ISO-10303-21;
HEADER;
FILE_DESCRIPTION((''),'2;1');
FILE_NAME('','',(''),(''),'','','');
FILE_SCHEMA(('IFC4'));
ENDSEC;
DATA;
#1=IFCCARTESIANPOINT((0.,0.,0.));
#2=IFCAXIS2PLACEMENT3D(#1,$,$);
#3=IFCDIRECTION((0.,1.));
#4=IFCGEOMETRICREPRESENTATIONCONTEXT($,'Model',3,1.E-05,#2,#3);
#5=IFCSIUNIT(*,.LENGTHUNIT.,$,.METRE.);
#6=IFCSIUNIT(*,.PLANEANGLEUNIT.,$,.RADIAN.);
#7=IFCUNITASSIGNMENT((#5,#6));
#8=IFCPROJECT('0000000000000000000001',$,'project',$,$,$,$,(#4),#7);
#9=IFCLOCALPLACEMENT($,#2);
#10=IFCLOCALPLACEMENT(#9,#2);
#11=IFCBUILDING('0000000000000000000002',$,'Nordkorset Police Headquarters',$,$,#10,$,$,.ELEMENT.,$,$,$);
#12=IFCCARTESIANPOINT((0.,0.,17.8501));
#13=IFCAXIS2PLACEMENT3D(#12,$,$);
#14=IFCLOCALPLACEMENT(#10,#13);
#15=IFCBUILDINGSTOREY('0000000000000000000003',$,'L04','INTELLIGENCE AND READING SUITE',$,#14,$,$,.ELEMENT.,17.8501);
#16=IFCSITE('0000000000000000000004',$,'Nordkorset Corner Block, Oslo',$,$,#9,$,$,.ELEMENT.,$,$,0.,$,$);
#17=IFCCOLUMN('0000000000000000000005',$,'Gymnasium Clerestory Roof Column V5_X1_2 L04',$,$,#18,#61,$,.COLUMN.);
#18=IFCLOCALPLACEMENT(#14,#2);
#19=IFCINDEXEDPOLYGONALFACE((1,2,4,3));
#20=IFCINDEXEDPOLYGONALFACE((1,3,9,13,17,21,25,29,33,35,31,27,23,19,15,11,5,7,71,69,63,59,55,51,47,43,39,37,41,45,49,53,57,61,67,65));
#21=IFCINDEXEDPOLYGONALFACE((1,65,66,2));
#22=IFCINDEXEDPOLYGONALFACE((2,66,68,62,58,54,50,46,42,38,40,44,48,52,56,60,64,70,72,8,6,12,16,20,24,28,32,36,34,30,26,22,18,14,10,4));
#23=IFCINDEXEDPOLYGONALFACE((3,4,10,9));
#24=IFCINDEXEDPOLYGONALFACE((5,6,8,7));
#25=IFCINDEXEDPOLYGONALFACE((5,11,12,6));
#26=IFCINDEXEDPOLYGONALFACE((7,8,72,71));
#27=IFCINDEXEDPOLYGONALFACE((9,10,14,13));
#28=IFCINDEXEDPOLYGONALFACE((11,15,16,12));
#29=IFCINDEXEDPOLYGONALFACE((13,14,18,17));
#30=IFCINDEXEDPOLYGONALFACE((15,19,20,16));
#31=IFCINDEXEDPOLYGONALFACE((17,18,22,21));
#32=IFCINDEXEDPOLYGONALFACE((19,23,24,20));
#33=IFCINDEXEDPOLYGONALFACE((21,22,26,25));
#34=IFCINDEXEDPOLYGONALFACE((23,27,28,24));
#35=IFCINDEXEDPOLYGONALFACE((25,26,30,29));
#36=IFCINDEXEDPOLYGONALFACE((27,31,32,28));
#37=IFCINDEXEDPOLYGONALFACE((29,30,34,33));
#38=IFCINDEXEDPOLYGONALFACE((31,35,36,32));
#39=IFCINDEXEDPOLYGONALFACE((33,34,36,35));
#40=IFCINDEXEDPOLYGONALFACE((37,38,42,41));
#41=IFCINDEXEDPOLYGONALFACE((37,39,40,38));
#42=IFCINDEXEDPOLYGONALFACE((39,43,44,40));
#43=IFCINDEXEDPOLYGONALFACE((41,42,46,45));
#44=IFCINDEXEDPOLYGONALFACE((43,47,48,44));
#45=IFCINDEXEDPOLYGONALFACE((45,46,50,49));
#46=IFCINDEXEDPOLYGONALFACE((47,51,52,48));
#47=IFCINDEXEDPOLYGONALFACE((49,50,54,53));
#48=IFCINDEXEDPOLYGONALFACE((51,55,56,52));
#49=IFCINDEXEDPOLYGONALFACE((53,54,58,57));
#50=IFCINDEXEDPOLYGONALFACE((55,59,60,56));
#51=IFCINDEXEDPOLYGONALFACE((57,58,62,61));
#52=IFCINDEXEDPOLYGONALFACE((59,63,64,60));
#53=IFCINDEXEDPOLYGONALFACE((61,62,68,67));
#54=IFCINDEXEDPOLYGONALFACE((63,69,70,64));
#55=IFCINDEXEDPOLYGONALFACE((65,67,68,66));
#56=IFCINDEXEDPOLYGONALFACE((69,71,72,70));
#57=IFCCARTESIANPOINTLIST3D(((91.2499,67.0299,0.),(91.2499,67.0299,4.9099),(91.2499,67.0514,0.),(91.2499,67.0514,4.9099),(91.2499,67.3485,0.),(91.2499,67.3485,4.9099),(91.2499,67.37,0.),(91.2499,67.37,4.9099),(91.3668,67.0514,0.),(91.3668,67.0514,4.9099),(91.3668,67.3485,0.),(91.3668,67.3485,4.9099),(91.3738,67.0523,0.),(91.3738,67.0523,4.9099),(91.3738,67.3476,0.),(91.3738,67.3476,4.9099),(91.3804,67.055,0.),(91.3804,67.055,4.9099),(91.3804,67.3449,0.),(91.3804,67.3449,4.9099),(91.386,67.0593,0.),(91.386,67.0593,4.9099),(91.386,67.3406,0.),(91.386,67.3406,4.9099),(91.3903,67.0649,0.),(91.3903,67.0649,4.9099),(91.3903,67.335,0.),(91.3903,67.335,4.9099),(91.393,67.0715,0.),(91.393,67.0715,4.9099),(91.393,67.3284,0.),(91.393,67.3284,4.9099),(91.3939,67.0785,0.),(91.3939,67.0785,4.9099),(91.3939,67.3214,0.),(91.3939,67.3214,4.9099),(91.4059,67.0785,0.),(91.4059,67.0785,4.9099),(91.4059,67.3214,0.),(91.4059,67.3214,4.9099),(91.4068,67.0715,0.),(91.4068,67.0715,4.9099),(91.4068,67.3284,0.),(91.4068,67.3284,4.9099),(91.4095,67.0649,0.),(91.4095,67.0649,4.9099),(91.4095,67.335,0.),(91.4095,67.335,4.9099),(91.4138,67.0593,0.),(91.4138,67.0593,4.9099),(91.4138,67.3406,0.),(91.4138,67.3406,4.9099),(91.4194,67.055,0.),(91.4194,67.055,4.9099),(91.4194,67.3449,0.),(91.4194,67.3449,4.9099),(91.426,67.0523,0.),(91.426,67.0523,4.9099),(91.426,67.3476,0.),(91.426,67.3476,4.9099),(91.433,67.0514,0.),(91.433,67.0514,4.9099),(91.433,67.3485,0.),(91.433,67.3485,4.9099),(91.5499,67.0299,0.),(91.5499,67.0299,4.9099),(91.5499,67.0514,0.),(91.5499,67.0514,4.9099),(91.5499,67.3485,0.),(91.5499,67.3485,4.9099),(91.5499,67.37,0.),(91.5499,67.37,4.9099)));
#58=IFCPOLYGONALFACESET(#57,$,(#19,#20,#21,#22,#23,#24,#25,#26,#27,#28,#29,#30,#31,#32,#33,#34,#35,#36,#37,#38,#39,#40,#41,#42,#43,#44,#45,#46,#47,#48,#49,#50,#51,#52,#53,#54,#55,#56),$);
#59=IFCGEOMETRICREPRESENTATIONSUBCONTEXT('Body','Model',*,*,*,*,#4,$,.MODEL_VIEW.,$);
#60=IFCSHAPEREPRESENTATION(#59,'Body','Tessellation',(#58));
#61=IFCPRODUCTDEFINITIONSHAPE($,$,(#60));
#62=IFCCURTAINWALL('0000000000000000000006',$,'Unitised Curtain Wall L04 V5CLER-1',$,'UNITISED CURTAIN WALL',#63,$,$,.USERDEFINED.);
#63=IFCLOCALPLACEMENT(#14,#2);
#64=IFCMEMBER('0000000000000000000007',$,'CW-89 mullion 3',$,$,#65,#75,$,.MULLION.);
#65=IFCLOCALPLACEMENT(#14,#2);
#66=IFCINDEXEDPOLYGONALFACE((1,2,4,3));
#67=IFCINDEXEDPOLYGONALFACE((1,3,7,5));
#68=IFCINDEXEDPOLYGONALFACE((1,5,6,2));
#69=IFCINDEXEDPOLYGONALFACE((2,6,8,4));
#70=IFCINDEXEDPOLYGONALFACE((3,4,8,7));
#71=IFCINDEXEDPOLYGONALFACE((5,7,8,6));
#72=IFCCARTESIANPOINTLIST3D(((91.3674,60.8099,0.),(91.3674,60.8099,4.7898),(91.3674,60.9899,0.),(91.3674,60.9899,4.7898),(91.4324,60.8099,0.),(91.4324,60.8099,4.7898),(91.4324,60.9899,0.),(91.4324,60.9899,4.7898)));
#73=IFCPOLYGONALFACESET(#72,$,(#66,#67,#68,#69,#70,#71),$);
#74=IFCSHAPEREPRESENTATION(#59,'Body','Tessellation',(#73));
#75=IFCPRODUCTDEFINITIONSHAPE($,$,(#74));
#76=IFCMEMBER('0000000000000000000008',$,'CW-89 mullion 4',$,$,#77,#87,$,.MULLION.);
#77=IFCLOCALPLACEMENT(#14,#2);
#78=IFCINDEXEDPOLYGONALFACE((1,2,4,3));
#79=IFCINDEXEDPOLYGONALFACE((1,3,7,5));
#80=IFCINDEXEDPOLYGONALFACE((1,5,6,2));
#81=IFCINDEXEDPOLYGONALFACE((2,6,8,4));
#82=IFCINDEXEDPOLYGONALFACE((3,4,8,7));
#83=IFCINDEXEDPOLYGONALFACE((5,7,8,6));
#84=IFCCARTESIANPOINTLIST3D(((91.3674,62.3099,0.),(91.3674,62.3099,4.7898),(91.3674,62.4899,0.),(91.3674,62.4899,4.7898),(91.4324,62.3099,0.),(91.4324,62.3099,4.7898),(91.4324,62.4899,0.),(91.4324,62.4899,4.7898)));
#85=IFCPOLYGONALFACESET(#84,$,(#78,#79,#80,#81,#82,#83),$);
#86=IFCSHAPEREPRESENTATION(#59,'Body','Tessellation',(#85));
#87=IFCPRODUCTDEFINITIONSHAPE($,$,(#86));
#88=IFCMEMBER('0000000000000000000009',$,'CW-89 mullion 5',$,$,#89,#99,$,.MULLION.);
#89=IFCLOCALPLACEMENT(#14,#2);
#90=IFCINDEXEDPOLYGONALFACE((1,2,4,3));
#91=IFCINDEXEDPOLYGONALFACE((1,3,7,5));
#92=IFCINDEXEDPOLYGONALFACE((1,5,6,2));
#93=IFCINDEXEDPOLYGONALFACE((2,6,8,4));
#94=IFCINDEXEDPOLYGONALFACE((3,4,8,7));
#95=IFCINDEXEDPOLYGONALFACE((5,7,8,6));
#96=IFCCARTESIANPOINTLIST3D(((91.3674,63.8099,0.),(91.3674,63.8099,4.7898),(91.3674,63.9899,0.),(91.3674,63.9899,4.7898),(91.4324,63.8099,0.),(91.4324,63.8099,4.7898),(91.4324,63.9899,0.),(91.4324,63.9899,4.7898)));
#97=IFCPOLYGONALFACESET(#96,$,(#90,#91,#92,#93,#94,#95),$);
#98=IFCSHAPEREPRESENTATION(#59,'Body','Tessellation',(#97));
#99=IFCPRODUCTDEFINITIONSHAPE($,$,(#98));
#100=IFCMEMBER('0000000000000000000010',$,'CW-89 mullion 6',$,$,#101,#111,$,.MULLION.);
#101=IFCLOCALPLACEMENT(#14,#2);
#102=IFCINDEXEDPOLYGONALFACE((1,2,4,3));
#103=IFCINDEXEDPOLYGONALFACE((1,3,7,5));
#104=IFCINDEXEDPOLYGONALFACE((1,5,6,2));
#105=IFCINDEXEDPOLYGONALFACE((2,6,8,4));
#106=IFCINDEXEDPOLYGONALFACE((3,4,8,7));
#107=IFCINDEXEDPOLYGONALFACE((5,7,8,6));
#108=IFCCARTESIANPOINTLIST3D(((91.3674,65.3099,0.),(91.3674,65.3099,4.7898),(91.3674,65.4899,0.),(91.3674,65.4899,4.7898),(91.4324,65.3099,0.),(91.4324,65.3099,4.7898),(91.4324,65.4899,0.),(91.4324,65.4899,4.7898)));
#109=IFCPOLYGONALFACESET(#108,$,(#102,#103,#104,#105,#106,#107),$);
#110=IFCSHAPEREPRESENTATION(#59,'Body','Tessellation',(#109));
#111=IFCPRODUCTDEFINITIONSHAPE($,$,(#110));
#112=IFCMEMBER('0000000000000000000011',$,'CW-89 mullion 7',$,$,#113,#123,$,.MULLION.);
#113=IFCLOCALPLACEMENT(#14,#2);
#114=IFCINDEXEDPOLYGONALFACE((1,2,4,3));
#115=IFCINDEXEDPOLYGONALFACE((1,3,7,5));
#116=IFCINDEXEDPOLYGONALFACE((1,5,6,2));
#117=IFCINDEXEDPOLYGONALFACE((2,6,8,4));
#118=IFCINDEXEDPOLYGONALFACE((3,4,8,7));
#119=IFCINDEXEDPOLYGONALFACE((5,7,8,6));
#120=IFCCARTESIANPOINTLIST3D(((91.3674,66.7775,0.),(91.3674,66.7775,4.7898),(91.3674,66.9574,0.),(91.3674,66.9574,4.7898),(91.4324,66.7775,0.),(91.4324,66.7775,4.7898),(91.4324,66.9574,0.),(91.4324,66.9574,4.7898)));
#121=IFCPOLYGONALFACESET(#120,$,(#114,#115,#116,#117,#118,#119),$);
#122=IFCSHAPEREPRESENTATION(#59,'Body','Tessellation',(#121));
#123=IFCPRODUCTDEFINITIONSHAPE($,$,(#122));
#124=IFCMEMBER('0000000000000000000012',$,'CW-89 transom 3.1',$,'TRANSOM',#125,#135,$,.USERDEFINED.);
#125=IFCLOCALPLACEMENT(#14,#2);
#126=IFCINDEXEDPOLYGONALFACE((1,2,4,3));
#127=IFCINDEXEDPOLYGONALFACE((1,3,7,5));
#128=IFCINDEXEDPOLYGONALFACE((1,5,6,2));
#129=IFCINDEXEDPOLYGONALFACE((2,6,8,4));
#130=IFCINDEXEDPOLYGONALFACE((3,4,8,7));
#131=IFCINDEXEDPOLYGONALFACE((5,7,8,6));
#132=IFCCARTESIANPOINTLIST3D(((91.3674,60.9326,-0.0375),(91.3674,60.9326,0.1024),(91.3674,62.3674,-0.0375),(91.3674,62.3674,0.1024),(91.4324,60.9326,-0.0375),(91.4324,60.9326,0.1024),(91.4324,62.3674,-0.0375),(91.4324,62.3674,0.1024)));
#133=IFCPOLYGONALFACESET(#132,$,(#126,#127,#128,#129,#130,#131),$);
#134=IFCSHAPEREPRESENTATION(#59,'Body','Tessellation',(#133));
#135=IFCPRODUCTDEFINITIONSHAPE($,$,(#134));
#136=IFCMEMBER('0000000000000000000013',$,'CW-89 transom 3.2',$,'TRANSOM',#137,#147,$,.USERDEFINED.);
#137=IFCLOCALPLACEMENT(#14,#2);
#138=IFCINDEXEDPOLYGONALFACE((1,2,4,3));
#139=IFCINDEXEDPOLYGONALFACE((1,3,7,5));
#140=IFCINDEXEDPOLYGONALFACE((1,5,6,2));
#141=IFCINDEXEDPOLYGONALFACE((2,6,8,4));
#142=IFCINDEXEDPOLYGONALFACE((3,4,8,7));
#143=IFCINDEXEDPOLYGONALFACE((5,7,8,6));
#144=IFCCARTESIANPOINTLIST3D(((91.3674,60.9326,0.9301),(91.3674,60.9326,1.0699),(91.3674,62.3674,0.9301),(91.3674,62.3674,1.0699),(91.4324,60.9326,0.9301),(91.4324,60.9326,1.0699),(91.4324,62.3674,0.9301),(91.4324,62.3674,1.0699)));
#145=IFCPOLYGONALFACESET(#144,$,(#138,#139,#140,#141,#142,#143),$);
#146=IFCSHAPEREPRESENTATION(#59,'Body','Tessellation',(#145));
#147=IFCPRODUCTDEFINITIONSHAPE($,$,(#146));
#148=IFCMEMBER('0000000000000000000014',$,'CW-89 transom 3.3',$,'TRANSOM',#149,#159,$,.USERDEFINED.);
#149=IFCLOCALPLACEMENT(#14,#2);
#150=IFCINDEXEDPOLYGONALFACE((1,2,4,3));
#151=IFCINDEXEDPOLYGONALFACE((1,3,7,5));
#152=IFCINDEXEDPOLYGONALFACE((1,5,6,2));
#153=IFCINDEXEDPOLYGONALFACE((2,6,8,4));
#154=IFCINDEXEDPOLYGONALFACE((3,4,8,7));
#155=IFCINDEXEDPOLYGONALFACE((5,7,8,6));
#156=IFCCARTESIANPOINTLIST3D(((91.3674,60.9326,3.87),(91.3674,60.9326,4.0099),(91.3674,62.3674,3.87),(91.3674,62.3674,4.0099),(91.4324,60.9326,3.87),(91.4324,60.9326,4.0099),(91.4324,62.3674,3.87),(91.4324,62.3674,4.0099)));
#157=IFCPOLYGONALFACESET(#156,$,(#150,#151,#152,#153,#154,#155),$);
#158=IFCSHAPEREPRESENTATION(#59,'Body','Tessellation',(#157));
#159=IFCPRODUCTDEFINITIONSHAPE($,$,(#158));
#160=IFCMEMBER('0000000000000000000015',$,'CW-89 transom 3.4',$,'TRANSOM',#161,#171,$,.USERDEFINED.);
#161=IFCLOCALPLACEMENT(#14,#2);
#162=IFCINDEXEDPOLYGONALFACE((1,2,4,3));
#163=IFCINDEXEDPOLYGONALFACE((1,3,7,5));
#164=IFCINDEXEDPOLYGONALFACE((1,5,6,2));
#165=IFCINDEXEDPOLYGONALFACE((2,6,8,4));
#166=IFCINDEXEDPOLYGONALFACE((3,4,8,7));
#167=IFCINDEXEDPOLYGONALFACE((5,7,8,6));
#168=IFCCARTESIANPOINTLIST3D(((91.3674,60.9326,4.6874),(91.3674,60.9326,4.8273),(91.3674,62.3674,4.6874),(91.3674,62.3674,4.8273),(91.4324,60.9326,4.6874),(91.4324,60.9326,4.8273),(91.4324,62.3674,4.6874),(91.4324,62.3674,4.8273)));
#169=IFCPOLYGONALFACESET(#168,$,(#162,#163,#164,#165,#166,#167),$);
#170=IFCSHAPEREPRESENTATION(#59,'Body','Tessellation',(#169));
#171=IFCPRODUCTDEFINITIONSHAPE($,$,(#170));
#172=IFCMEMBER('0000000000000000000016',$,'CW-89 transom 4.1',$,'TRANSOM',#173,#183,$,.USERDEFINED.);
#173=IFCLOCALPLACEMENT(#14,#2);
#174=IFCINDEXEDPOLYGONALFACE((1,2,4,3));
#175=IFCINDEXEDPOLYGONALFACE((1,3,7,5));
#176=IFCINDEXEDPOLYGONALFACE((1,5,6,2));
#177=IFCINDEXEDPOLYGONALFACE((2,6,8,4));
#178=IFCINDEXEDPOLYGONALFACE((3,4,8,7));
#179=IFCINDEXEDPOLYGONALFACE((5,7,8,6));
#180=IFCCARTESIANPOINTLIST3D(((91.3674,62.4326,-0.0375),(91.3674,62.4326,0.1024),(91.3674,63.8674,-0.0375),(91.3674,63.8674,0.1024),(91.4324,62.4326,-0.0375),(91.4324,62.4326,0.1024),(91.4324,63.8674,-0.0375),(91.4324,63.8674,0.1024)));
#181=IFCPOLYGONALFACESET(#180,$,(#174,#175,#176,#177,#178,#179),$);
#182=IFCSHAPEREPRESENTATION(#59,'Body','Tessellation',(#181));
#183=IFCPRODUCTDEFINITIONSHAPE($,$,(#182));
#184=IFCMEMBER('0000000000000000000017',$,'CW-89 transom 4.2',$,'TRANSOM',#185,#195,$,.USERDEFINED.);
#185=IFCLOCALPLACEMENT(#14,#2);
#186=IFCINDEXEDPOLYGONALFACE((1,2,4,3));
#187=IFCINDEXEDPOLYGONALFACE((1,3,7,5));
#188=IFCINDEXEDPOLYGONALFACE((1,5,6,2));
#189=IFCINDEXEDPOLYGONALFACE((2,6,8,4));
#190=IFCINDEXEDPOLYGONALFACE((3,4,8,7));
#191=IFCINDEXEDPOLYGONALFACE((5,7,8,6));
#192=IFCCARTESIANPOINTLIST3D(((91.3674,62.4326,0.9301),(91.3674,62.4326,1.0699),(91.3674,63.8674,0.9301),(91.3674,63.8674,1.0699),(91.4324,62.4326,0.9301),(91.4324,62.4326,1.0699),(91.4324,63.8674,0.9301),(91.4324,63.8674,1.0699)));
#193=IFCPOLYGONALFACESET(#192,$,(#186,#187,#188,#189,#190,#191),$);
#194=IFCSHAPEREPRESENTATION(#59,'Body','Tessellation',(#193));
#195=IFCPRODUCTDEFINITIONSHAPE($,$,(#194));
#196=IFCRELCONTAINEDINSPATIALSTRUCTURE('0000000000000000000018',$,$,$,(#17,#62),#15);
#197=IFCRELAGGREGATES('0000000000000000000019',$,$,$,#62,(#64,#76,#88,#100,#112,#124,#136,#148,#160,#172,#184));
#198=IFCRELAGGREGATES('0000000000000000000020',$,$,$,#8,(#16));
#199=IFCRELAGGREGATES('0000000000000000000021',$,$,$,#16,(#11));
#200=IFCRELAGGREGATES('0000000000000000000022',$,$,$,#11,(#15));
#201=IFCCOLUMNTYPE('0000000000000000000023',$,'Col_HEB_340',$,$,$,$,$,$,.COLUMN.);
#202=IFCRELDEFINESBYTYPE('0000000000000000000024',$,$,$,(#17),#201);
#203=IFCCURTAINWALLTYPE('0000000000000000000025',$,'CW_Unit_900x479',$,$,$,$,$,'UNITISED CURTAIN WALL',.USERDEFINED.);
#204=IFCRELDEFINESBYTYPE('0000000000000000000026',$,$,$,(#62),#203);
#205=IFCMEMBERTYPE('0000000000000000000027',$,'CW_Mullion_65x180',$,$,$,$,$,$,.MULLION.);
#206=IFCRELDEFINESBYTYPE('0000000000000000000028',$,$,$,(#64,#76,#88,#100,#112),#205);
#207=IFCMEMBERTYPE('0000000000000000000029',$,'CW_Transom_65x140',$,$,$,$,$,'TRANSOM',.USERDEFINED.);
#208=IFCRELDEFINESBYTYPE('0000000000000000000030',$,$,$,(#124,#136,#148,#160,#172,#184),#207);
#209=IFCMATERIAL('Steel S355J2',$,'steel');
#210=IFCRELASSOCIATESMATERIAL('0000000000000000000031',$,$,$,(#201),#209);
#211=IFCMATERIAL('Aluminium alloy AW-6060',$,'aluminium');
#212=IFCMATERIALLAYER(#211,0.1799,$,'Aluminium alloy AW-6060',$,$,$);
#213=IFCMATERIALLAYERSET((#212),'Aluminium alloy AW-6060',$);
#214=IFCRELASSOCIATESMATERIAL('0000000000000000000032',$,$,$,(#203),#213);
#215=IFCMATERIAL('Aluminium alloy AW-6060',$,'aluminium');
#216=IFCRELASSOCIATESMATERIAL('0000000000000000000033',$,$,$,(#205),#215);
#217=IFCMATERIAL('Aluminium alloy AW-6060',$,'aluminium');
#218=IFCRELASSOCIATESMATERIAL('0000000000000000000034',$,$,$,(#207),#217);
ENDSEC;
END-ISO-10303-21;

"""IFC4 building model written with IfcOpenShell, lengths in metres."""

from ifc_helpers import new_model, si_unit, direction, frame, origin, origin_2d, place, context, subcontext, project, spatial, rectangle, i_section, extrude, material, layer, layer_set, material_profile, profile_set, type_object, element, aggregate, save


model = new_model("IFC4")

# Units and contexts
model_context = context("Model", 3, precision=1e-05, world=origin(), true_north=direction((0.0, 1.0)))
body_context = subcontext(model_context, "Body", "Model", "MODEL_VIEW")
ifc_project = project(units=[si_unit("LENGTHUNIT", "METRE"), si_unit("PLANEANGLEUNIT", "RADIAN")], contexts=[model_context])

# Site, building, storey
site_placement = place(None, origin())
site = spatial("IfcSite", under=ifc_project, at=site_placement, Name="Nordkorset Corner Block, Oslo", CompositionType="ELEMENT", RefElevation=0.0)
building_placement = place(site_placement, origin())
building = spatial("IfcBuilding", under=site, at=building_placement, Name="Nordkorset Police Headquarters", CompositionType="ELEMENT")
storey_placement = place(building_placement, frame((0.0, 0.0, 17.8501)))
storey = spatial("IfcBuildingStorey", under=building, at=storey_placement, Name="L04", Description="INTELLIGENCE AND READING SUITE", CompositionType="ELEMENT", Elevation=17.8501)

# Column
ifc_material_1 = material(Name="Steel S355J2", Category="steel")
ifc_material_profile_1 = material_profile(ifc_material_1, i_section(OverallWidth=0.3, OverallDepth=0.3401, WebThickness=0.012, FlangeThickness=0.0215, FilletRadius=0.0271, at=origin_2d()), Name="HEB 340")
ifc_profile_set_1 = profile_set([ifc_material_profile_1], Name="Steel S355J2")
column_type = type_object("IfcColumnType", Name="Col_HEB_340", PredefinedType="COLUMN", material=ifc_profile_set_1)
column_placement = place(storey_placement, frame((91.3999, 67.2, 0.0), z_axis=(0.0, 0.0, 1.0), x_axis=(1.0, 0.0, 0.0)))
element("IfcColumn", 1, at=column_placement, inside=storey, type_object=column_type, Name="Gymnasium Clerestory Roof Column V5_X1_2 L04", PredefinedType="COLUMN", context=body_context, shape_type="SweptSolid", body=[
    extrude(i_section(OverallWidth=0.3, OverallDepth=0.3401, WebThickness=0.012, FlangeThickness=0.0215, FilletRadius=0.0271, at=origin_2d()), origin(), (0.0, 0.0, 1.0), 4.9099),
])

# Curtain wall, members
ifc_material_2 = material(Name="Aluminium alloy AW-6060", Category="aluminium")
ifc_layer_1 = layer(ifc_material_2, 0.1799, Name="Aluminium alloy AW-6060")
ifc_layer_set_1 = layer_set([ifc_layer_1], Name="Aluminium alloy AW-6060")
curtain_wall_type = type_object("IfcCurtainWallType", Name="CW_Unit_900x479", ElementType="UNITISED CURTAIN WALL", PredefinedType="USERDEFINED", material=ifc_layer_set_1)
curtain_wall_placement = place(storey_placement, origin())
curtain_wall = element("IfcCurtainWall", 2, at=curtain_wall_placement, inside=storey, type_object=curtain_wall_type, Name="Unitised Curtain Wall L04 V5CLER-1", ObjectType="UNITISED CURTAIN WALL", PredefinedType="USERDEFINED")
ifc_material_3 = material(Name="Aluminium alloy AW-6060", Category="aluminium")
ifc_material_profile_2 = material_profile(ifc_material_3, rectangle(XDim=0.0649, YDim=0.1799, at=origin_2d()), Name="ALU MULL 65x180")
ifc_profile_set_2 = profile_set([ifc_material_profile_2], Name="Aluminium alloy AW-6060")
member_type_1 = type_object("IfcMemberType", Name="CW_Mullion_65x180", PredefinedType="MULLION", material=ifc_profile_set_2)
member_1_placement = place(storey_placement, frame((91.3999, 60.8999, 0.0), z_axis=(0.0, 0.0, 1.0), x_axis=(-1.0, 0.0, 0.0)))
member_1 = element("IfcMember", 3, at=member_1_placement, type_object=member_type_1, Name="CW-89 mullion 3", PredefinedType="MULLION", context=body_context, shape_type="SweptSolid", body=[
    extrude(rectangle(XDim=0.0649, YDim=0.1799, at=origin_2d()), origin(), (0.0, 0.0, 1.0), 4.7898),
])
member_2_placement = place(storey_placement, frame((91.3999, 62.3999, 0.0), z_axis=(0.0, 0.0, 1.0), x_axis=(-1.0, 0.0, 0.0)))
member_2 = element("IfcMember", 4, at=member_2_placement, type_object=member_type_1, Name="CW-89 mullion 4", PredefinedType="MULLION", context=body_context, shape_type="SweptSolid", body=[
    extrude(rectangle(XDim=0.0649, YDim=0.1799, at=origin_2d()), origin(), (0.0, 0.0, 1.0), 4.7898),
])
member_3_placement = place(storey_placement, frame((91.3999, 63.8999, 0.0), z_axis=(0.0, 0.0, 1.0), x_axis=(-1.0, 0.0, 0.0)))
member_3 = element("IfcMember", 5, at=member_3_placement, type_object=member_type_1, Name="CW-89 mullion 5", PredefinedType="MULLION", context=body_context, shape_type="SweptSolid", body=[
    extrude(rectangle(XDim=0.0649, YDim=0.1799, at=origin_2d()), origin(), (0.0, 0.0, 1.0), 4.7898),
])
member_4_placement = place(storey_placement, frame((91.3999, 65.3999, 0.0), z_axis=(0.0, 0.0, 1.0), x_axis=(-1.0, 0.0, 0.0)))
member_4 = element("IfcMember", 6, at=member_4_placement, type_object=member_type_1, Name="CW-89 mullion 6", PredefinedType="MULLION", context=body_context, shape_type="SweptSolid", body=[
    extrude(rectangle(XDim=0.0649, YDim=0.1799, at=origin_2d()), origin(), (0.0, 0.0, 1.0), 4.7898),
])
member_5_placement = place(storey_placement, frame((91.3999, 66.8674, 0.0), z_axis=(0.0, 0.0, 1.0), x_axis=(-1.0, 0.0, 0.0)))
member_5 = element("IfcMember", 7, at=member_5_placement, type_object=member_type_1, Name="CW-89 mullion 7", PredefinedType="MULLION", context=body_context, shape_type="SweptSolid", body=[
    extrude(rectangle(XDim=0.0649, YDim=0.1799, at=origin_2d()), origin(), (0.0, 0.0, 1.0), 4.7898),
])
ifc_material_4 = material(Name="Aluminium alloy AW-6060", Category="aluminium")
ifc_material_profile_3 = material_profile(ifc_material_4, rectangle(XDim=0.0649, YDim=0.1399, at=origin_2d()), Name="ALU TRAN 65x140")
ifc_profile_set_3 = profile_set([ifc_material_profile_3], Name="Aluminium alloy AW-6060")
member_type_2 = type_object("IfcMemberType", Name="CW_Transom_65x140", ElementType="TRANSOM", PredefinedType="USERDEFINED", material=ifc_profile_set_3)
member_6_placement = place(storey_placement, frame((91.3999, 60.9326, 0.0325), z_axis=(0.0, 1.0, 0.0), x_axis=(-1.0, 0.0, 0.0)))
member_6 = element("IfcMember", 8, at=member_6_placement, type_object=member_type_2, Name="CW-89 transom 3.1", ObjectType="TRANSOM", PredefinedType="USERDEFINED", context=body_context, shape_type="SweptSolid", body=[
    extrude(rectangle(XDim=0.0649, YDim=0.1399, at=origin_2d()), origin(), (0.0, 0.0, 1.0), 1.4348),
])
member_7_placement = place(storey_placement, frame((91.3999, 60.9326, 1.0), z_axis=(0.0, 1.0, 0.0), x_axis=(-1.0, 0.0, 0.0)))
member_7 = element("IfcMember", 9, at=member_7_placement, type_object=member_type_2, Name="CW-89 transom 3.2", ObjectType="TRANSOM", PredefinedType="USERDEFINED", context=body_context, shape_type="SweptSolid", body=[
    extrude(rectangle(XDim=0.0649, YDim=0.1399, at=origin_2d()), origin(), (0.0, 0.0, 1.0), 1.4348),
])
member_8_placement = place(storey_placement, frame((91.3999, 60.9326, 3.9399), z_axis=(0.0, 1.0, 0.0), x_axis=(-1.0, 0.0, 0.0)))
member_8 = element("IfcMember", 10, at=member_8_placement, type_object=member_type_2, Name="CW-89 transom 3.3", ObjectType="TRANSOM", PredefinedType="USERDEFINED", context=body_context, shape_type="SweptSolid", body=[
    extrude(rectangle(XDim=0.0649, YDim=0.1399, at=origin_2d()), origin(), (0.0, 0.0, 1.0), 1.4348),
])
member_9_placement = place(storey_placement, frame((91.3999, 60.9326, 4.7573), z_axis=(0.0, 1.0, 0.0), x_axis=(-1.0, 0.0, 0.0)))
member_9 = element("IfcMember", 11, at=member_9_placement, type_object=member_type_2, Name="CW-89 transom 3.4", ObjectType="TRANSOM", PredefinedType="USERDEFINED", context=body_context, shape_type="SweptSolid", body=[
    extrude(rectangle(XDim=0.0649, YDim=0.1399, at=origin_2d()), origin(), (0.0, 0.0, 1.0), 1.4348),
])
member_10_placement = place(storey_placement, frame((91.3999, 62.4326, 0.0325), z_axis=(0.0, 1.0, 0.0), x_axis=(-1.0, 0.0, 0.0)))
member_10 = element("IfcMember", 12, at=member_10_placement, type_object=member_type_2, Name="CW-89 transom 4.1", ObjectType="TRANSOM", PredefinedType="USERDEFINED", context=body_context, shape_type="SweptSolid", body=[
    extrude(rectangle(XDim=0.0649, YDim=0.1399, at=origin_2d()), origin(), (0.0, 0.0, 1.0), 1.4348),
])
member_11_placement = place(storey_placement, frame((91.3999, 62.4326, 1.0), z_axis=(0.0, 1.0, 0.0), x_axis=(-1.0, 0.0, 0.0)))
member_11 = element("IfcMember", 13, at=member_11_placement, type_object=member_type_2, Name="CW-89 transom 4.2", ObjectType="TRANSOM", PredefinedType="USERDEFINED", context=body_context, shape_type="SweptSolid", body=[
    extrude(rectangle(XDim=0.0649, YDim=0.1399, at=origin_2d()), origin(), (0.0, 0.0, 1.0), 1.4348),
])

aggregate(curtain_wall, [member_1, member_2, member_3, member_4, member_5, member_6, member_7, member_8, member_9, member_10, member_11])

save(model, "model.ifc")
